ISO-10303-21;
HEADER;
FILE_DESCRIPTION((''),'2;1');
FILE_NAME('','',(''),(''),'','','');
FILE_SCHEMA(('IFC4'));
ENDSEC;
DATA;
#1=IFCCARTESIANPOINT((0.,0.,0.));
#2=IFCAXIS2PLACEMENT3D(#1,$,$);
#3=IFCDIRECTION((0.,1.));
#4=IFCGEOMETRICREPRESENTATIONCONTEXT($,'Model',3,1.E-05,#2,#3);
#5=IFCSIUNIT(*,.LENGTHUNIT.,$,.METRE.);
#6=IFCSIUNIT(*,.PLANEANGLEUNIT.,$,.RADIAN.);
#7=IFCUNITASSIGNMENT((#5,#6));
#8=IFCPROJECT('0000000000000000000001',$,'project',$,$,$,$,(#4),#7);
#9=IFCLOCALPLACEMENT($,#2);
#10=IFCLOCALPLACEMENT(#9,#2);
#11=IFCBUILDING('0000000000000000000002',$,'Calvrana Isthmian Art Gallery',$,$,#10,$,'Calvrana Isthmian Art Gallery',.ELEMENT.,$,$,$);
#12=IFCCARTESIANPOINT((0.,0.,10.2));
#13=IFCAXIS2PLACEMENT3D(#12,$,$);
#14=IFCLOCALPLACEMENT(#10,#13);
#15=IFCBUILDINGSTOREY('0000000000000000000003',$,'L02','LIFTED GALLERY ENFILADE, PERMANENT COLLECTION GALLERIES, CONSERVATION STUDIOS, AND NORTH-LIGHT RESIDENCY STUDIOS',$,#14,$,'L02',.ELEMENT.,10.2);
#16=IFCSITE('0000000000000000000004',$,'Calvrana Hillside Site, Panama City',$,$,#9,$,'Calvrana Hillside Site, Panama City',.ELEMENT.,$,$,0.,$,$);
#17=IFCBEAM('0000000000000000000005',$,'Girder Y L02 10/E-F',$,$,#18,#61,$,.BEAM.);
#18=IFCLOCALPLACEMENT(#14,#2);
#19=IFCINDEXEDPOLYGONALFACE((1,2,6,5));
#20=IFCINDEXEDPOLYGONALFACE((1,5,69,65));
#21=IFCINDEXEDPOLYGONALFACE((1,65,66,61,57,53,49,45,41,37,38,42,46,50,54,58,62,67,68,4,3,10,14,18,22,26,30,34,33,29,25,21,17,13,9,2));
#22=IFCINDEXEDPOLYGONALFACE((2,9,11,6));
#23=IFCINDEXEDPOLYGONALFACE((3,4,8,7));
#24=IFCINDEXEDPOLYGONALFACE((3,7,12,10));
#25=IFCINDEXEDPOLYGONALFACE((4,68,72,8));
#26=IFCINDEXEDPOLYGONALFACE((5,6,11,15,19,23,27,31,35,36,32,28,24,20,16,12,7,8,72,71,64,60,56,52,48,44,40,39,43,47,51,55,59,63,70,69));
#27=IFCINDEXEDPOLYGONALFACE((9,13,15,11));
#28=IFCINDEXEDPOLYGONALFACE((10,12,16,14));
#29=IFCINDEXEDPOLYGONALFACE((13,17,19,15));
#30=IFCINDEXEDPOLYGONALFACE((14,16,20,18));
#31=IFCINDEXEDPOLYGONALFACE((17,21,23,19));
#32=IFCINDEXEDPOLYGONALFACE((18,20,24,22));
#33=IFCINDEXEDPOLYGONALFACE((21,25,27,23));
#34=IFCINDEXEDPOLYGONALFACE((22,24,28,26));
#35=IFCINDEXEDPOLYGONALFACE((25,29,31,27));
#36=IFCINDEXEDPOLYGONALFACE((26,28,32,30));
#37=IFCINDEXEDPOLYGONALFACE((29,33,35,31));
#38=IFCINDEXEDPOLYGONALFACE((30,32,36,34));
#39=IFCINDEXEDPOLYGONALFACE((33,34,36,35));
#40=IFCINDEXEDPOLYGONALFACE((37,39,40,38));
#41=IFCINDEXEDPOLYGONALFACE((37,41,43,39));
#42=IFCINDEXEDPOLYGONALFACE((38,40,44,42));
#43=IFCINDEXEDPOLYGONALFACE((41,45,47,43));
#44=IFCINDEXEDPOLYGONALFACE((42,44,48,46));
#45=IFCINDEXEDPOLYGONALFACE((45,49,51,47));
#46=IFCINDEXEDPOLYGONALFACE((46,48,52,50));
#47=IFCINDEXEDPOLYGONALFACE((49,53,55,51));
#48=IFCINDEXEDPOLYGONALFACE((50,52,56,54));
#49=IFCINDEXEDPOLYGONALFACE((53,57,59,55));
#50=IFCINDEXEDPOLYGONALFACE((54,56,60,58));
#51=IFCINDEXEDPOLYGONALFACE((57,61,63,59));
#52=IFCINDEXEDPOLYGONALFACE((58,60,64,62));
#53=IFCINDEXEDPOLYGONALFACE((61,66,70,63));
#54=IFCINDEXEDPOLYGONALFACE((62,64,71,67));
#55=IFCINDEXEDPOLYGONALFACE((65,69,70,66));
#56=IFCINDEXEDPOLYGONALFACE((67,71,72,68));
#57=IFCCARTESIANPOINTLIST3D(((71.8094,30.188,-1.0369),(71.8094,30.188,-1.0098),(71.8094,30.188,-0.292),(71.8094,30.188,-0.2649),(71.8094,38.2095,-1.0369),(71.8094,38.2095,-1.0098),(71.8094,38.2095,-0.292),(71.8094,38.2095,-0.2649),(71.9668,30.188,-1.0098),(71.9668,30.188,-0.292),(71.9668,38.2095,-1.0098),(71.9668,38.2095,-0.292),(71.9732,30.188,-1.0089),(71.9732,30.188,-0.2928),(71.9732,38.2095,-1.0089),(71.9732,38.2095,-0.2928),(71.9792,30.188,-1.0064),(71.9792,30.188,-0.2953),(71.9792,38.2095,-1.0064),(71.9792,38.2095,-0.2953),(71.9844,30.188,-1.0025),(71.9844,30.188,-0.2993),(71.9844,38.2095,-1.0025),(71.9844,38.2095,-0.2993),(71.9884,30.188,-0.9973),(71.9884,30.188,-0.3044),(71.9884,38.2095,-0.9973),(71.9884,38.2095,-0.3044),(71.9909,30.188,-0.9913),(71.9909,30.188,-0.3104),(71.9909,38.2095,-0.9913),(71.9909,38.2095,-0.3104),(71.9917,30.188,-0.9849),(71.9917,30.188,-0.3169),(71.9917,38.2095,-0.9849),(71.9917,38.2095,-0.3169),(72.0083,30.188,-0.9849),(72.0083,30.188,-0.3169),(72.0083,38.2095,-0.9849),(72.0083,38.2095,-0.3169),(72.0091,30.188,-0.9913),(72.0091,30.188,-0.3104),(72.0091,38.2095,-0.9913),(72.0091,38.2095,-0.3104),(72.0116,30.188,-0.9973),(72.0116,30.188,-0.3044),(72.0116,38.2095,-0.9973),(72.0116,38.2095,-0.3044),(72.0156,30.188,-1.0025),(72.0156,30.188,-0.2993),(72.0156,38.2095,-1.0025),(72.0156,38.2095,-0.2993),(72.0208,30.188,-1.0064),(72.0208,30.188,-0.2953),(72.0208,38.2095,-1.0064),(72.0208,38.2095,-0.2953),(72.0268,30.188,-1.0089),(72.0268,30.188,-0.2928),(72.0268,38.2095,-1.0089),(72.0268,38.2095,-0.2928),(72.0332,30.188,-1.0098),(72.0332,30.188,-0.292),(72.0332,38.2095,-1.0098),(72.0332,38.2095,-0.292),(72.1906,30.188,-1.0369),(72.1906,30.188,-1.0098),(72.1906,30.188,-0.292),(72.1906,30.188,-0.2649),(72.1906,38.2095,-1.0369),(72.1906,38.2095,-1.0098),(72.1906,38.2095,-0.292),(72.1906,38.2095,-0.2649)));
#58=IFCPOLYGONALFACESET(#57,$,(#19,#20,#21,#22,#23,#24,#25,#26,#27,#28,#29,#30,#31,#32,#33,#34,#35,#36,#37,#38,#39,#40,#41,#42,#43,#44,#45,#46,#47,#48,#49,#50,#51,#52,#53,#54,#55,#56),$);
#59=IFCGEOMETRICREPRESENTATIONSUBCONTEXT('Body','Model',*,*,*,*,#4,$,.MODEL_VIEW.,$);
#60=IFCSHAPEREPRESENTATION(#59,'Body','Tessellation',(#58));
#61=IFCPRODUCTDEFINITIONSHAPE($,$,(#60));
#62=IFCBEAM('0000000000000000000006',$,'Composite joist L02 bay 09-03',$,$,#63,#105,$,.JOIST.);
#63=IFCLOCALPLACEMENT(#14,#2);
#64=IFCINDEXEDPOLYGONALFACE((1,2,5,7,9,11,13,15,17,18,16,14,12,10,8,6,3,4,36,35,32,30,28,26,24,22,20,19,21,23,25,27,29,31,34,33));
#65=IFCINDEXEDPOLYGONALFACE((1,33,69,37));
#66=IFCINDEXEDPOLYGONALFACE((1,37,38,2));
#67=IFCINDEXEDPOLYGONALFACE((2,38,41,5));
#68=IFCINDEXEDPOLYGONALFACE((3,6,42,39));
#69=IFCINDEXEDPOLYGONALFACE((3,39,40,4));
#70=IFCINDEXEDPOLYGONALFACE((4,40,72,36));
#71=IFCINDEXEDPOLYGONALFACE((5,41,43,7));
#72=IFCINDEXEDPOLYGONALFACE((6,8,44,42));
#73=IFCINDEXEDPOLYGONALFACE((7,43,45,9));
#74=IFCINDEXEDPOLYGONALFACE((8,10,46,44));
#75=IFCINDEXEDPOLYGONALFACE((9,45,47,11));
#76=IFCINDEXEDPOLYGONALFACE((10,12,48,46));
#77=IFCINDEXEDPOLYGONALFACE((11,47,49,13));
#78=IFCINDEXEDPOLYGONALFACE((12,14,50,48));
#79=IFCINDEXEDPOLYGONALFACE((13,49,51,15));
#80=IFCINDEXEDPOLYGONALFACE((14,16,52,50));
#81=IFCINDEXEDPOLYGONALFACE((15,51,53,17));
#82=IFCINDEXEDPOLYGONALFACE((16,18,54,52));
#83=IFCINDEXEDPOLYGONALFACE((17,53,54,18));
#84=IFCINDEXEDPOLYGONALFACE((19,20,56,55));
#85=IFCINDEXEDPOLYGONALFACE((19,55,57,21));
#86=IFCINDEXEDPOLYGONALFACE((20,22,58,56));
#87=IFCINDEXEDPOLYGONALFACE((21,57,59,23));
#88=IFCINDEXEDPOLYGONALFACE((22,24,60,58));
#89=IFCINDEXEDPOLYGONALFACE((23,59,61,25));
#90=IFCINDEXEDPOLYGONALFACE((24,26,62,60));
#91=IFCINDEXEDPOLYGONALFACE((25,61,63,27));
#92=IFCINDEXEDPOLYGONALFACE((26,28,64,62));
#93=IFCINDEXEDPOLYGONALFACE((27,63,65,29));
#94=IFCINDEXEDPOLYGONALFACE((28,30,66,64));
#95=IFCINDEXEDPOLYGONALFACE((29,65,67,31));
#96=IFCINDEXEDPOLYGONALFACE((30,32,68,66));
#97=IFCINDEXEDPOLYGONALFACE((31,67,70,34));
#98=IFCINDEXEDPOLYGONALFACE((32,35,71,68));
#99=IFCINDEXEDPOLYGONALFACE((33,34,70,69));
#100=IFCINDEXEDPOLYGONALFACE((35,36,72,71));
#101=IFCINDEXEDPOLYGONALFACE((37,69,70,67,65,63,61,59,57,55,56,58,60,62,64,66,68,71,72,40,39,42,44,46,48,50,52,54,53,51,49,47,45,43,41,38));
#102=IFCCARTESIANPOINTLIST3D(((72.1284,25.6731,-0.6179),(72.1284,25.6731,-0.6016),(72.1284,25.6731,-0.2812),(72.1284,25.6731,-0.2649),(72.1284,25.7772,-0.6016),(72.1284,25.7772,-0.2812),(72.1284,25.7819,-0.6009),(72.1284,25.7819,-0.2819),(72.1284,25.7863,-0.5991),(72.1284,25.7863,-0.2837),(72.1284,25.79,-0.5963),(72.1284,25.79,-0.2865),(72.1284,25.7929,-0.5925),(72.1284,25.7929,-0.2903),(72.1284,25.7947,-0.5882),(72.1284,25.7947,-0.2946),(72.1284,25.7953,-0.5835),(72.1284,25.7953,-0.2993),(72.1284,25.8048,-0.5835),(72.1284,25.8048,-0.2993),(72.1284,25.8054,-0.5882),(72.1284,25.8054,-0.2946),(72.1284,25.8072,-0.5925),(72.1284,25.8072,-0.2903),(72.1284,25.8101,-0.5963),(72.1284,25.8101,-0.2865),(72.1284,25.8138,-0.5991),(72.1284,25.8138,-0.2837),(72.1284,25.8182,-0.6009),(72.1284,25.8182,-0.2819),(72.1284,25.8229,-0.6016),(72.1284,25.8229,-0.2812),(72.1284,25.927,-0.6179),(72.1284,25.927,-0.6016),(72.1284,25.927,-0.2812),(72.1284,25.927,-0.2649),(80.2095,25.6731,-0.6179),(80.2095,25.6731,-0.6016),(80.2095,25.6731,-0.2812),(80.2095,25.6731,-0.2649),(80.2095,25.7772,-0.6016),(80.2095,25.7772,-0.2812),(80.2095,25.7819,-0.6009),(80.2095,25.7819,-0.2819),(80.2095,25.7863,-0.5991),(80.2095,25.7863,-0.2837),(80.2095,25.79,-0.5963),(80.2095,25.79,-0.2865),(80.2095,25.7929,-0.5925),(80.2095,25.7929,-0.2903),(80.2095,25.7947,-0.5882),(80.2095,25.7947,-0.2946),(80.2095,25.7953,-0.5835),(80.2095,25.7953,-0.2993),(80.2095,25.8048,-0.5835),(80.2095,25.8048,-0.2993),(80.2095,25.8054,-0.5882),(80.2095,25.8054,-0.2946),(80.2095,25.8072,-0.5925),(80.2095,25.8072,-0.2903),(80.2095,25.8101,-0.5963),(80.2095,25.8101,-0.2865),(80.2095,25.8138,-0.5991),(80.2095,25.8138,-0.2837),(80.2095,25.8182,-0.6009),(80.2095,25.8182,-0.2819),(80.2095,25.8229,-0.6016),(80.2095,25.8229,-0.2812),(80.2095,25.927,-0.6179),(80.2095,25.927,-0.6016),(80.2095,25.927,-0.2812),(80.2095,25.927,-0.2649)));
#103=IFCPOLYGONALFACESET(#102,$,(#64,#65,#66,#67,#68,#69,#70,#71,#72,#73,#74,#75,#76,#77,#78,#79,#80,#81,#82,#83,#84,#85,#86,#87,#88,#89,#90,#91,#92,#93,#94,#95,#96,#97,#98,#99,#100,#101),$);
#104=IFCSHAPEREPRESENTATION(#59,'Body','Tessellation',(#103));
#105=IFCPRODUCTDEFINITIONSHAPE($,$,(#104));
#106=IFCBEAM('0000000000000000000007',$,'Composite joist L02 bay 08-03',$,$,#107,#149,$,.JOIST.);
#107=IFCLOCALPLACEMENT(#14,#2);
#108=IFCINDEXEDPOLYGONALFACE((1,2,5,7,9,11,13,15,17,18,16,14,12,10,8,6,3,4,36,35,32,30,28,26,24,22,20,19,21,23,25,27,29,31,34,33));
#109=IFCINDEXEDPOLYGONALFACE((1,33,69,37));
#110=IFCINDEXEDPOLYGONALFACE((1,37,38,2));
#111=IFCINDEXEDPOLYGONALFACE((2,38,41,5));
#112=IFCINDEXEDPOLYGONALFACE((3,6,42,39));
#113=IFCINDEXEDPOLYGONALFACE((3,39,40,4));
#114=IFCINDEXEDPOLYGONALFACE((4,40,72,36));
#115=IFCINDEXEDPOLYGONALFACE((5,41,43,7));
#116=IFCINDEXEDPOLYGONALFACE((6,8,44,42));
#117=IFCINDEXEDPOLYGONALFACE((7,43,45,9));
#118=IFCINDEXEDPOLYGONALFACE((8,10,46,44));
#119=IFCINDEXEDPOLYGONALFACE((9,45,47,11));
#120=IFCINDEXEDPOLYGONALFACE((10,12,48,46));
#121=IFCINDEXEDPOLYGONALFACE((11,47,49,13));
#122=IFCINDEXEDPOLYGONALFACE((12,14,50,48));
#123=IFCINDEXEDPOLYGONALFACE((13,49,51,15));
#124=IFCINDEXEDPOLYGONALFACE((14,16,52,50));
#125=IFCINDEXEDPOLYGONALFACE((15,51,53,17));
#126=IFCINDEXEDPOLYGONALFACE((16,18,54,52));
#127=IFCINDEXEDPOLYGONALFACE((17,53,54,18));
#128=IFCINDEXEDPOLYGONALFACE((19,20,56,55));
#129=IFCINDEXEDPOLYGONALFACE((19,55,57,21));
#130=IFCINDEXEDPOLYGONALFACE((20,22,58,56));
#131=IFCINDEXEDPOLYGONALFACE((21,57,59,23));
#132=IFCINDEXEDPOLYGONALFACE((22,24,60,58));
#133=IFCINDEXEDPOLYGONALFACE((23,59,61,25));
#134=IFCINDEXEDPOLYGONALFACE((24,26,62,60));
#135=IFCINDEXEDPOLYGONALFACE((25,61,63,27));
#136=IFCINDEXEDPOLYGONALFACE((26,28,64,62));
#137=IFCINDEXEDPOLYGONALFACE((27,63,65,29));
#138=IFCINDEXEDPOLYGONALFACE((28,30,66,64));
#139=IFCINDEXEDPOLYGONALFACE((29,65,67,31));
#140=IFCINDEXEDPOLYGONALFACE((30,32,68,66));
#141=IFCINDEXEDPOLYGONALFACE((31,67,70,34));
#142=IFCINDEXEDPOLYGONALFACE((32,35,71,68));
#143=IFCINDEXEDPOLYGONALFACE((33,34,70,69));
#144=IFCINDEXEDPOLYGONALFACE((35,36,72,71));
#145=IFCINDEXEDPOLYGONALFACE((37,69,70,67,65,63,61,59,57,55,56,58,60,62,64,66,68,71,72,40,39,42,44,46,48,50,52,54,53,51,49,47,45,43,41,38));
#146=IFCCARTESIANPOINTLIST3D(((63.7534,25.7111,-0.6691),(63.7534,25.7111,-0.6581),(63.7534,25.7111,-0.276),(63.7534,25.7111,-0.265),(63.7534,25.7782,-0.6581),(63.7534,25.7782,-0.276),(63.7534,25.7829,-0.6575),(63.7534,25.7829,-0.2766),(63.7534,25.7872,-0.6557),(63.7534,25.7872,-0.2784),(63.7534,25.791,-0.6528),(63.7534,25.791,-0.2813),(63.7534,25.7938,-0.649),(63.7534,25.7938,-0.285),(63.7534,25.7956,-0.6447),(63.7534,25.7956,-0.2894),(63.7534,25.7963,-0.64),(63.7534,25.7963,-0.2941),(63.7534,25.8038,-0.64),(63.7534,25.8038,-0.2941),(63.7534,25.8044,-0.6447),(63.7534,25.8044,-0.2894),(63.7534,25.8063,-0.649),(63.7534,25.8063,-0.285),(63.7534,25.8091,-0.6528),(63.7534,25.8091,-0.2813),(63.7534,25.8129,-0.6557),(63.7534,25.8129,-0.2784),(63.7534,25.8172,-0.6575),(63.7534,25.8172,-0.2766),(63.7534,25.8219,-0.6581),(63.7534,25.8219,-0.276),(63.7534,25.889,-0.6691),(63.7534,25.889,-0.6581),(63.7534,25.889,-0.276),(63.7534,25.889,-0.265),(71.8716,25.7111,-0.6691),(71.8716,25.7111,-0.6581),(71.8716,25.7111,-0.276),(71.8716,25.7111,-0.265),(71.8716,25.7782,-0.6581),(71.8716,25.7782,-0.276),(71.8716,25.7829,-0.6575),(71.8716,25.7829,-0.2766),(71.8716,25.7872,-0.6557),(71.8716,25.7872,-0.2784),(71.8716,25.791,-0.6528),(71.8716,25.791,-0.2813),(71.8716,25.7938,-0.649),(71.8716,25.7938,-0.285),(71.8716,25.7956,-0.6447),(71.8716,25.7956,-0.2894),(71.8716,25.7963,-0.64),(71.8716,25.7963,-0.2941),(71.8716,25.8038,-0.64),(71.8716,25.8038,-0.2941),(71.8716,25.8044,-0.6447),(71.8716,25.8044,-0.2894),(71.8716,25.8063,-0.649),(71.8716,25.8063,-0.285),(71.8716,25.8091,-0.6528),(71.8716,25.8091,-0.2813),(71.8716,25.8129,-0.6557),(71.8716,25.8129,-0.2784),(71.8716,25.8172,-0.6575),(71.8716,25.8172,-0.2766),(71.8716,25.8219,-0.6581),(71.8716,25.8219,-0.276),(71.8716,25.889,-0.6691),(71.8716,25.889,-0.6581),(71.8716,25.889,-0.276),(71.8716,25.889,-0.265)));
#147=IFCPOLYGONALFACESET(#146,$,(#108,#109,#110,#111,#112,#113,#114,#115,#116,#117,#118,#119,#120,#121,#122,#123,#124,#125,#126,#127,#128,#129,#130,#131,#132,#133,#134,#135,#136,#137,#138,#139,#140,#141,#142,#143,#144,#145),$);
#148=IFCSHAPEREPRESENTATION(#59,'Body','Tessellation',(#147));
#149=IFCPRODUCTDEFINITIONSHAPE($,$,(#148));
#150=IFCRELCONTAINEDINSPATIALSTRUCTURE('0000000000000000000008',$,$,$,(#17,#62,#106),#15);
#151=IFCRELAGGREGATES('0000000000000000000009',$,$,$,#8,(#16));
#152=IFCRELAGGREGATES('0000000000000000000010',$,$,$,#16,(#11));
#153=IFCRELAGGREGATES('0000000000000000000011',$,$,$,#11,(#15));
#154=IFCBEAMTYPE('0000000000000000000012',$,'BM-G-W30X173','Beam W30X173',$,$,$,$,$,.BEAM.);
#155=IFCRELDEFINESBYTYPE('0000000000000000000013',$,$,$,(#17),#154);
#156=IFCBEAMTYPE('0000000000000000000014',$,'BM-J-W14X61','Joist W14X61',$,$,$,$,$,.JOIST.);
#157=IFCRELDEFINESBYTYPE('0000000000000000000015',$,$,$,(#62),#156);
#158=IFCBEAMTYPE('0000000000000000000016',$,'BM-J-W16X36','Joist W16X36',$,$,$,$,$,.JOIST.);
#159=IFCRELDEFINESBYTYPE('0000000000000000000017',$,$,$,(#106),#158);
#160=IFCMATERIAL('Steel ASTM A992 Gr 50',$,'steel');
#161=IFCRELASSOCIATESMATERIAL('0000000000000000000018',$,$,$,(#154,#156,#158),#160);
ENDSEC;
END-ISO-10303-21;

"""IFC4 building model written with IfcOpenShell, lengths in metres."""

from ifc_helpers import new_model, si_unit, direction, frame, origin, origin_2d, place, context, subcontext, project, spatial, i_section, extrude, material, material_profile, profile_set, type_object, element, save


model = new_model("IFC4")

# Units and contexts
model_context = context("Model", 3, precision=1e-05, world=origin(), true_north=direction((0.0, 1.0)))
body_context = subcontext(model_context, "Body", "Model", "MODEL_VIEW")
ifc_project = project(units=[si_unit("LENGTHUNIT", "METRE"), si_unit("PLANEANGLEUNIT", "RADIAN")], contexts=[model_context])

# Site, building, storey
site_placement = place(None, origin())
site = spatial("IfcSite", under=ifc_project, at=site_placement, Name="Calvrana Hillside Site, Panama City", LongName="Calvrana Hillside Site, Panama City", CompositionType="ELEMENT", RefElevation=0.0)
building_placement = place(site_placement, origin())
building = spatial("IfcBuilding", under=site, at=building_placement, Name="Calvrana Isthmian Art Gallery", LongName="Calvrana Isthmian Art Gallery", CompositionType="ELEMENT")
storey_placement = place(building_placement, frame((0.0, 0.0, 10.2)))
storey = spatial("IfcBuildingStorey", under=building, at=storey_placement, Name="L02", Description="LIFTED GALLERY ENFILADE, PERMANENT COLLECTION GALLERIES, CONSERVATION STUDIOS, AND NORTH-LIGHT RESIDENCY STUDIOS", LongName="L02", CompositionType="ELEMENT", Elevation=10.2)

# Shared definitions
ifc_material_1 = material(Name="Steel ASTM A992 Gr 50", Category="steel")

# Beams
ifc_material_profile_1 = material_profile(ifc_material_1, i_section(OverallWidth=0.3811, OverallDepth=0.772, WebThickness=0.0166, FlangeThickness=0.0271, FilletRadius=0.0249, at=origin_2d()), Name="W30X173")
ifc_profile_set_1 = profile_set([ifc_material_profile_1], Name="Steel ASTM A992 Gr 50")
beam_type_1 = type_object("IfcBeamType", Name="BM-G-W30X173", Description="Beam W30X173", PredefinedType="BEAM", material=ifc_profile_set_1)
beam_1_placement = place(storey_placement, frame((72.0, 30.188, -0.6509), z_axis=(0.0, 1.0, 0.0), x_axis=(-1.0, 0.0, 0.0)))
element("IfcBeam", 1, at=beam_1_placement, inside=storey, type_object=beam_type_1, Name="Girder Y L02 10/E-F", PredefinedType="BEAM", context=body_context, shape_type="SweptSolid", body=[
    extrude(i_section(OverallWidth=0.3811, OverallDepth=0.772, WebThickness=0.0166, FlangeThickness=0.0271, FilletRadius=0.0249, at=origin_2d()), origin(), (0.0, 0.0, 1.0), 8.0215),
])
ifc_material_profile_2 = material_profile(ifc_material_1, i_section(OverallWidth=0.2539, OverallDepth=0.353, WebThickness=0.0095, FlangeThickness=0.0164, FilletRadius=0.0181, at=origin_2d()), Name="W14X61")
ifc_profile_set_2 = profile_set([ifc_material_profile_2], Name="Steel ASTM A992 Gr 50")
beam_type_2 = type_object("IfcBeamType", Name="BM-J-W14X61", Description="Joist W14X61", PredefinedType="JOIST", material=ifc_profile_set_2)
beam_2_placement = place(storey_placement, frame((72.1284, 25.8, -0.4414), z_axis=(1.0, 0.0, 0.0), x_axis=(0.0, 1.0, 0.0)))
element("IfcBeam", 2, at=beam_2_placement, inside=storey, type_object=beam_type_2, Name="Composite joist L02 bay 09-03", PredefinedType="JOIST", context=body_context, shape_type="SweptSolid", body=[
    extrude(i_section(OverallWidth=0.2539, OverallDepth=0.353, WebThickness=0.0095, FlangeThickness=0.0164, FilletRadius=0.0181, at=origin_2d()), origin(), (0.0, 0.0, 1.0), 8.0811),
])
ifc_material_profile_3 = material_profile(ifc_material_1, i_section(OverallWidth=0.178, OverallDepth=0.4041, WebThickness=0.0076, FlangeThickness=0.011, FilletRadius=0.0181, at=origin_2d()), Name="W16X36")
ifc_profile_set_3 = profile_set([ifc_material_profile_3], Name="Steel ASTM A992 Gr 50")
beam_type_3 = type_object("IfcBeamType", Name="BM-J-W16X36", Description="Joist W16X36", PredefinedType="JOIST", material=ifc_profile_set_3)
beam_3_placement = place(storey_placement, frame((63.7534, 25.8, -0.467), z_axis=(1.0, 0.0, 0.0), x_axis=(0.0, 1.0, 0.0)))
element("IfcBeam", 3, at=beam_3_placement, inside=storey, type_object=beam_type_3, Name="Composite joist L02 bay 08-03", PredefinedType="JOIST", context=body_context, shape_type="SweptSolid", body=[
    extrude(i_section(OverallWidth=0.178, OverallDepth=0.4041, WebThickness=0.0076, FlangeThickness=0.011, FilletRadius=0.0181, at=origin_2d()), origin(), (0.0, 0.0, 1.0), 8.1182),
])

save(model, "model.ifc")
